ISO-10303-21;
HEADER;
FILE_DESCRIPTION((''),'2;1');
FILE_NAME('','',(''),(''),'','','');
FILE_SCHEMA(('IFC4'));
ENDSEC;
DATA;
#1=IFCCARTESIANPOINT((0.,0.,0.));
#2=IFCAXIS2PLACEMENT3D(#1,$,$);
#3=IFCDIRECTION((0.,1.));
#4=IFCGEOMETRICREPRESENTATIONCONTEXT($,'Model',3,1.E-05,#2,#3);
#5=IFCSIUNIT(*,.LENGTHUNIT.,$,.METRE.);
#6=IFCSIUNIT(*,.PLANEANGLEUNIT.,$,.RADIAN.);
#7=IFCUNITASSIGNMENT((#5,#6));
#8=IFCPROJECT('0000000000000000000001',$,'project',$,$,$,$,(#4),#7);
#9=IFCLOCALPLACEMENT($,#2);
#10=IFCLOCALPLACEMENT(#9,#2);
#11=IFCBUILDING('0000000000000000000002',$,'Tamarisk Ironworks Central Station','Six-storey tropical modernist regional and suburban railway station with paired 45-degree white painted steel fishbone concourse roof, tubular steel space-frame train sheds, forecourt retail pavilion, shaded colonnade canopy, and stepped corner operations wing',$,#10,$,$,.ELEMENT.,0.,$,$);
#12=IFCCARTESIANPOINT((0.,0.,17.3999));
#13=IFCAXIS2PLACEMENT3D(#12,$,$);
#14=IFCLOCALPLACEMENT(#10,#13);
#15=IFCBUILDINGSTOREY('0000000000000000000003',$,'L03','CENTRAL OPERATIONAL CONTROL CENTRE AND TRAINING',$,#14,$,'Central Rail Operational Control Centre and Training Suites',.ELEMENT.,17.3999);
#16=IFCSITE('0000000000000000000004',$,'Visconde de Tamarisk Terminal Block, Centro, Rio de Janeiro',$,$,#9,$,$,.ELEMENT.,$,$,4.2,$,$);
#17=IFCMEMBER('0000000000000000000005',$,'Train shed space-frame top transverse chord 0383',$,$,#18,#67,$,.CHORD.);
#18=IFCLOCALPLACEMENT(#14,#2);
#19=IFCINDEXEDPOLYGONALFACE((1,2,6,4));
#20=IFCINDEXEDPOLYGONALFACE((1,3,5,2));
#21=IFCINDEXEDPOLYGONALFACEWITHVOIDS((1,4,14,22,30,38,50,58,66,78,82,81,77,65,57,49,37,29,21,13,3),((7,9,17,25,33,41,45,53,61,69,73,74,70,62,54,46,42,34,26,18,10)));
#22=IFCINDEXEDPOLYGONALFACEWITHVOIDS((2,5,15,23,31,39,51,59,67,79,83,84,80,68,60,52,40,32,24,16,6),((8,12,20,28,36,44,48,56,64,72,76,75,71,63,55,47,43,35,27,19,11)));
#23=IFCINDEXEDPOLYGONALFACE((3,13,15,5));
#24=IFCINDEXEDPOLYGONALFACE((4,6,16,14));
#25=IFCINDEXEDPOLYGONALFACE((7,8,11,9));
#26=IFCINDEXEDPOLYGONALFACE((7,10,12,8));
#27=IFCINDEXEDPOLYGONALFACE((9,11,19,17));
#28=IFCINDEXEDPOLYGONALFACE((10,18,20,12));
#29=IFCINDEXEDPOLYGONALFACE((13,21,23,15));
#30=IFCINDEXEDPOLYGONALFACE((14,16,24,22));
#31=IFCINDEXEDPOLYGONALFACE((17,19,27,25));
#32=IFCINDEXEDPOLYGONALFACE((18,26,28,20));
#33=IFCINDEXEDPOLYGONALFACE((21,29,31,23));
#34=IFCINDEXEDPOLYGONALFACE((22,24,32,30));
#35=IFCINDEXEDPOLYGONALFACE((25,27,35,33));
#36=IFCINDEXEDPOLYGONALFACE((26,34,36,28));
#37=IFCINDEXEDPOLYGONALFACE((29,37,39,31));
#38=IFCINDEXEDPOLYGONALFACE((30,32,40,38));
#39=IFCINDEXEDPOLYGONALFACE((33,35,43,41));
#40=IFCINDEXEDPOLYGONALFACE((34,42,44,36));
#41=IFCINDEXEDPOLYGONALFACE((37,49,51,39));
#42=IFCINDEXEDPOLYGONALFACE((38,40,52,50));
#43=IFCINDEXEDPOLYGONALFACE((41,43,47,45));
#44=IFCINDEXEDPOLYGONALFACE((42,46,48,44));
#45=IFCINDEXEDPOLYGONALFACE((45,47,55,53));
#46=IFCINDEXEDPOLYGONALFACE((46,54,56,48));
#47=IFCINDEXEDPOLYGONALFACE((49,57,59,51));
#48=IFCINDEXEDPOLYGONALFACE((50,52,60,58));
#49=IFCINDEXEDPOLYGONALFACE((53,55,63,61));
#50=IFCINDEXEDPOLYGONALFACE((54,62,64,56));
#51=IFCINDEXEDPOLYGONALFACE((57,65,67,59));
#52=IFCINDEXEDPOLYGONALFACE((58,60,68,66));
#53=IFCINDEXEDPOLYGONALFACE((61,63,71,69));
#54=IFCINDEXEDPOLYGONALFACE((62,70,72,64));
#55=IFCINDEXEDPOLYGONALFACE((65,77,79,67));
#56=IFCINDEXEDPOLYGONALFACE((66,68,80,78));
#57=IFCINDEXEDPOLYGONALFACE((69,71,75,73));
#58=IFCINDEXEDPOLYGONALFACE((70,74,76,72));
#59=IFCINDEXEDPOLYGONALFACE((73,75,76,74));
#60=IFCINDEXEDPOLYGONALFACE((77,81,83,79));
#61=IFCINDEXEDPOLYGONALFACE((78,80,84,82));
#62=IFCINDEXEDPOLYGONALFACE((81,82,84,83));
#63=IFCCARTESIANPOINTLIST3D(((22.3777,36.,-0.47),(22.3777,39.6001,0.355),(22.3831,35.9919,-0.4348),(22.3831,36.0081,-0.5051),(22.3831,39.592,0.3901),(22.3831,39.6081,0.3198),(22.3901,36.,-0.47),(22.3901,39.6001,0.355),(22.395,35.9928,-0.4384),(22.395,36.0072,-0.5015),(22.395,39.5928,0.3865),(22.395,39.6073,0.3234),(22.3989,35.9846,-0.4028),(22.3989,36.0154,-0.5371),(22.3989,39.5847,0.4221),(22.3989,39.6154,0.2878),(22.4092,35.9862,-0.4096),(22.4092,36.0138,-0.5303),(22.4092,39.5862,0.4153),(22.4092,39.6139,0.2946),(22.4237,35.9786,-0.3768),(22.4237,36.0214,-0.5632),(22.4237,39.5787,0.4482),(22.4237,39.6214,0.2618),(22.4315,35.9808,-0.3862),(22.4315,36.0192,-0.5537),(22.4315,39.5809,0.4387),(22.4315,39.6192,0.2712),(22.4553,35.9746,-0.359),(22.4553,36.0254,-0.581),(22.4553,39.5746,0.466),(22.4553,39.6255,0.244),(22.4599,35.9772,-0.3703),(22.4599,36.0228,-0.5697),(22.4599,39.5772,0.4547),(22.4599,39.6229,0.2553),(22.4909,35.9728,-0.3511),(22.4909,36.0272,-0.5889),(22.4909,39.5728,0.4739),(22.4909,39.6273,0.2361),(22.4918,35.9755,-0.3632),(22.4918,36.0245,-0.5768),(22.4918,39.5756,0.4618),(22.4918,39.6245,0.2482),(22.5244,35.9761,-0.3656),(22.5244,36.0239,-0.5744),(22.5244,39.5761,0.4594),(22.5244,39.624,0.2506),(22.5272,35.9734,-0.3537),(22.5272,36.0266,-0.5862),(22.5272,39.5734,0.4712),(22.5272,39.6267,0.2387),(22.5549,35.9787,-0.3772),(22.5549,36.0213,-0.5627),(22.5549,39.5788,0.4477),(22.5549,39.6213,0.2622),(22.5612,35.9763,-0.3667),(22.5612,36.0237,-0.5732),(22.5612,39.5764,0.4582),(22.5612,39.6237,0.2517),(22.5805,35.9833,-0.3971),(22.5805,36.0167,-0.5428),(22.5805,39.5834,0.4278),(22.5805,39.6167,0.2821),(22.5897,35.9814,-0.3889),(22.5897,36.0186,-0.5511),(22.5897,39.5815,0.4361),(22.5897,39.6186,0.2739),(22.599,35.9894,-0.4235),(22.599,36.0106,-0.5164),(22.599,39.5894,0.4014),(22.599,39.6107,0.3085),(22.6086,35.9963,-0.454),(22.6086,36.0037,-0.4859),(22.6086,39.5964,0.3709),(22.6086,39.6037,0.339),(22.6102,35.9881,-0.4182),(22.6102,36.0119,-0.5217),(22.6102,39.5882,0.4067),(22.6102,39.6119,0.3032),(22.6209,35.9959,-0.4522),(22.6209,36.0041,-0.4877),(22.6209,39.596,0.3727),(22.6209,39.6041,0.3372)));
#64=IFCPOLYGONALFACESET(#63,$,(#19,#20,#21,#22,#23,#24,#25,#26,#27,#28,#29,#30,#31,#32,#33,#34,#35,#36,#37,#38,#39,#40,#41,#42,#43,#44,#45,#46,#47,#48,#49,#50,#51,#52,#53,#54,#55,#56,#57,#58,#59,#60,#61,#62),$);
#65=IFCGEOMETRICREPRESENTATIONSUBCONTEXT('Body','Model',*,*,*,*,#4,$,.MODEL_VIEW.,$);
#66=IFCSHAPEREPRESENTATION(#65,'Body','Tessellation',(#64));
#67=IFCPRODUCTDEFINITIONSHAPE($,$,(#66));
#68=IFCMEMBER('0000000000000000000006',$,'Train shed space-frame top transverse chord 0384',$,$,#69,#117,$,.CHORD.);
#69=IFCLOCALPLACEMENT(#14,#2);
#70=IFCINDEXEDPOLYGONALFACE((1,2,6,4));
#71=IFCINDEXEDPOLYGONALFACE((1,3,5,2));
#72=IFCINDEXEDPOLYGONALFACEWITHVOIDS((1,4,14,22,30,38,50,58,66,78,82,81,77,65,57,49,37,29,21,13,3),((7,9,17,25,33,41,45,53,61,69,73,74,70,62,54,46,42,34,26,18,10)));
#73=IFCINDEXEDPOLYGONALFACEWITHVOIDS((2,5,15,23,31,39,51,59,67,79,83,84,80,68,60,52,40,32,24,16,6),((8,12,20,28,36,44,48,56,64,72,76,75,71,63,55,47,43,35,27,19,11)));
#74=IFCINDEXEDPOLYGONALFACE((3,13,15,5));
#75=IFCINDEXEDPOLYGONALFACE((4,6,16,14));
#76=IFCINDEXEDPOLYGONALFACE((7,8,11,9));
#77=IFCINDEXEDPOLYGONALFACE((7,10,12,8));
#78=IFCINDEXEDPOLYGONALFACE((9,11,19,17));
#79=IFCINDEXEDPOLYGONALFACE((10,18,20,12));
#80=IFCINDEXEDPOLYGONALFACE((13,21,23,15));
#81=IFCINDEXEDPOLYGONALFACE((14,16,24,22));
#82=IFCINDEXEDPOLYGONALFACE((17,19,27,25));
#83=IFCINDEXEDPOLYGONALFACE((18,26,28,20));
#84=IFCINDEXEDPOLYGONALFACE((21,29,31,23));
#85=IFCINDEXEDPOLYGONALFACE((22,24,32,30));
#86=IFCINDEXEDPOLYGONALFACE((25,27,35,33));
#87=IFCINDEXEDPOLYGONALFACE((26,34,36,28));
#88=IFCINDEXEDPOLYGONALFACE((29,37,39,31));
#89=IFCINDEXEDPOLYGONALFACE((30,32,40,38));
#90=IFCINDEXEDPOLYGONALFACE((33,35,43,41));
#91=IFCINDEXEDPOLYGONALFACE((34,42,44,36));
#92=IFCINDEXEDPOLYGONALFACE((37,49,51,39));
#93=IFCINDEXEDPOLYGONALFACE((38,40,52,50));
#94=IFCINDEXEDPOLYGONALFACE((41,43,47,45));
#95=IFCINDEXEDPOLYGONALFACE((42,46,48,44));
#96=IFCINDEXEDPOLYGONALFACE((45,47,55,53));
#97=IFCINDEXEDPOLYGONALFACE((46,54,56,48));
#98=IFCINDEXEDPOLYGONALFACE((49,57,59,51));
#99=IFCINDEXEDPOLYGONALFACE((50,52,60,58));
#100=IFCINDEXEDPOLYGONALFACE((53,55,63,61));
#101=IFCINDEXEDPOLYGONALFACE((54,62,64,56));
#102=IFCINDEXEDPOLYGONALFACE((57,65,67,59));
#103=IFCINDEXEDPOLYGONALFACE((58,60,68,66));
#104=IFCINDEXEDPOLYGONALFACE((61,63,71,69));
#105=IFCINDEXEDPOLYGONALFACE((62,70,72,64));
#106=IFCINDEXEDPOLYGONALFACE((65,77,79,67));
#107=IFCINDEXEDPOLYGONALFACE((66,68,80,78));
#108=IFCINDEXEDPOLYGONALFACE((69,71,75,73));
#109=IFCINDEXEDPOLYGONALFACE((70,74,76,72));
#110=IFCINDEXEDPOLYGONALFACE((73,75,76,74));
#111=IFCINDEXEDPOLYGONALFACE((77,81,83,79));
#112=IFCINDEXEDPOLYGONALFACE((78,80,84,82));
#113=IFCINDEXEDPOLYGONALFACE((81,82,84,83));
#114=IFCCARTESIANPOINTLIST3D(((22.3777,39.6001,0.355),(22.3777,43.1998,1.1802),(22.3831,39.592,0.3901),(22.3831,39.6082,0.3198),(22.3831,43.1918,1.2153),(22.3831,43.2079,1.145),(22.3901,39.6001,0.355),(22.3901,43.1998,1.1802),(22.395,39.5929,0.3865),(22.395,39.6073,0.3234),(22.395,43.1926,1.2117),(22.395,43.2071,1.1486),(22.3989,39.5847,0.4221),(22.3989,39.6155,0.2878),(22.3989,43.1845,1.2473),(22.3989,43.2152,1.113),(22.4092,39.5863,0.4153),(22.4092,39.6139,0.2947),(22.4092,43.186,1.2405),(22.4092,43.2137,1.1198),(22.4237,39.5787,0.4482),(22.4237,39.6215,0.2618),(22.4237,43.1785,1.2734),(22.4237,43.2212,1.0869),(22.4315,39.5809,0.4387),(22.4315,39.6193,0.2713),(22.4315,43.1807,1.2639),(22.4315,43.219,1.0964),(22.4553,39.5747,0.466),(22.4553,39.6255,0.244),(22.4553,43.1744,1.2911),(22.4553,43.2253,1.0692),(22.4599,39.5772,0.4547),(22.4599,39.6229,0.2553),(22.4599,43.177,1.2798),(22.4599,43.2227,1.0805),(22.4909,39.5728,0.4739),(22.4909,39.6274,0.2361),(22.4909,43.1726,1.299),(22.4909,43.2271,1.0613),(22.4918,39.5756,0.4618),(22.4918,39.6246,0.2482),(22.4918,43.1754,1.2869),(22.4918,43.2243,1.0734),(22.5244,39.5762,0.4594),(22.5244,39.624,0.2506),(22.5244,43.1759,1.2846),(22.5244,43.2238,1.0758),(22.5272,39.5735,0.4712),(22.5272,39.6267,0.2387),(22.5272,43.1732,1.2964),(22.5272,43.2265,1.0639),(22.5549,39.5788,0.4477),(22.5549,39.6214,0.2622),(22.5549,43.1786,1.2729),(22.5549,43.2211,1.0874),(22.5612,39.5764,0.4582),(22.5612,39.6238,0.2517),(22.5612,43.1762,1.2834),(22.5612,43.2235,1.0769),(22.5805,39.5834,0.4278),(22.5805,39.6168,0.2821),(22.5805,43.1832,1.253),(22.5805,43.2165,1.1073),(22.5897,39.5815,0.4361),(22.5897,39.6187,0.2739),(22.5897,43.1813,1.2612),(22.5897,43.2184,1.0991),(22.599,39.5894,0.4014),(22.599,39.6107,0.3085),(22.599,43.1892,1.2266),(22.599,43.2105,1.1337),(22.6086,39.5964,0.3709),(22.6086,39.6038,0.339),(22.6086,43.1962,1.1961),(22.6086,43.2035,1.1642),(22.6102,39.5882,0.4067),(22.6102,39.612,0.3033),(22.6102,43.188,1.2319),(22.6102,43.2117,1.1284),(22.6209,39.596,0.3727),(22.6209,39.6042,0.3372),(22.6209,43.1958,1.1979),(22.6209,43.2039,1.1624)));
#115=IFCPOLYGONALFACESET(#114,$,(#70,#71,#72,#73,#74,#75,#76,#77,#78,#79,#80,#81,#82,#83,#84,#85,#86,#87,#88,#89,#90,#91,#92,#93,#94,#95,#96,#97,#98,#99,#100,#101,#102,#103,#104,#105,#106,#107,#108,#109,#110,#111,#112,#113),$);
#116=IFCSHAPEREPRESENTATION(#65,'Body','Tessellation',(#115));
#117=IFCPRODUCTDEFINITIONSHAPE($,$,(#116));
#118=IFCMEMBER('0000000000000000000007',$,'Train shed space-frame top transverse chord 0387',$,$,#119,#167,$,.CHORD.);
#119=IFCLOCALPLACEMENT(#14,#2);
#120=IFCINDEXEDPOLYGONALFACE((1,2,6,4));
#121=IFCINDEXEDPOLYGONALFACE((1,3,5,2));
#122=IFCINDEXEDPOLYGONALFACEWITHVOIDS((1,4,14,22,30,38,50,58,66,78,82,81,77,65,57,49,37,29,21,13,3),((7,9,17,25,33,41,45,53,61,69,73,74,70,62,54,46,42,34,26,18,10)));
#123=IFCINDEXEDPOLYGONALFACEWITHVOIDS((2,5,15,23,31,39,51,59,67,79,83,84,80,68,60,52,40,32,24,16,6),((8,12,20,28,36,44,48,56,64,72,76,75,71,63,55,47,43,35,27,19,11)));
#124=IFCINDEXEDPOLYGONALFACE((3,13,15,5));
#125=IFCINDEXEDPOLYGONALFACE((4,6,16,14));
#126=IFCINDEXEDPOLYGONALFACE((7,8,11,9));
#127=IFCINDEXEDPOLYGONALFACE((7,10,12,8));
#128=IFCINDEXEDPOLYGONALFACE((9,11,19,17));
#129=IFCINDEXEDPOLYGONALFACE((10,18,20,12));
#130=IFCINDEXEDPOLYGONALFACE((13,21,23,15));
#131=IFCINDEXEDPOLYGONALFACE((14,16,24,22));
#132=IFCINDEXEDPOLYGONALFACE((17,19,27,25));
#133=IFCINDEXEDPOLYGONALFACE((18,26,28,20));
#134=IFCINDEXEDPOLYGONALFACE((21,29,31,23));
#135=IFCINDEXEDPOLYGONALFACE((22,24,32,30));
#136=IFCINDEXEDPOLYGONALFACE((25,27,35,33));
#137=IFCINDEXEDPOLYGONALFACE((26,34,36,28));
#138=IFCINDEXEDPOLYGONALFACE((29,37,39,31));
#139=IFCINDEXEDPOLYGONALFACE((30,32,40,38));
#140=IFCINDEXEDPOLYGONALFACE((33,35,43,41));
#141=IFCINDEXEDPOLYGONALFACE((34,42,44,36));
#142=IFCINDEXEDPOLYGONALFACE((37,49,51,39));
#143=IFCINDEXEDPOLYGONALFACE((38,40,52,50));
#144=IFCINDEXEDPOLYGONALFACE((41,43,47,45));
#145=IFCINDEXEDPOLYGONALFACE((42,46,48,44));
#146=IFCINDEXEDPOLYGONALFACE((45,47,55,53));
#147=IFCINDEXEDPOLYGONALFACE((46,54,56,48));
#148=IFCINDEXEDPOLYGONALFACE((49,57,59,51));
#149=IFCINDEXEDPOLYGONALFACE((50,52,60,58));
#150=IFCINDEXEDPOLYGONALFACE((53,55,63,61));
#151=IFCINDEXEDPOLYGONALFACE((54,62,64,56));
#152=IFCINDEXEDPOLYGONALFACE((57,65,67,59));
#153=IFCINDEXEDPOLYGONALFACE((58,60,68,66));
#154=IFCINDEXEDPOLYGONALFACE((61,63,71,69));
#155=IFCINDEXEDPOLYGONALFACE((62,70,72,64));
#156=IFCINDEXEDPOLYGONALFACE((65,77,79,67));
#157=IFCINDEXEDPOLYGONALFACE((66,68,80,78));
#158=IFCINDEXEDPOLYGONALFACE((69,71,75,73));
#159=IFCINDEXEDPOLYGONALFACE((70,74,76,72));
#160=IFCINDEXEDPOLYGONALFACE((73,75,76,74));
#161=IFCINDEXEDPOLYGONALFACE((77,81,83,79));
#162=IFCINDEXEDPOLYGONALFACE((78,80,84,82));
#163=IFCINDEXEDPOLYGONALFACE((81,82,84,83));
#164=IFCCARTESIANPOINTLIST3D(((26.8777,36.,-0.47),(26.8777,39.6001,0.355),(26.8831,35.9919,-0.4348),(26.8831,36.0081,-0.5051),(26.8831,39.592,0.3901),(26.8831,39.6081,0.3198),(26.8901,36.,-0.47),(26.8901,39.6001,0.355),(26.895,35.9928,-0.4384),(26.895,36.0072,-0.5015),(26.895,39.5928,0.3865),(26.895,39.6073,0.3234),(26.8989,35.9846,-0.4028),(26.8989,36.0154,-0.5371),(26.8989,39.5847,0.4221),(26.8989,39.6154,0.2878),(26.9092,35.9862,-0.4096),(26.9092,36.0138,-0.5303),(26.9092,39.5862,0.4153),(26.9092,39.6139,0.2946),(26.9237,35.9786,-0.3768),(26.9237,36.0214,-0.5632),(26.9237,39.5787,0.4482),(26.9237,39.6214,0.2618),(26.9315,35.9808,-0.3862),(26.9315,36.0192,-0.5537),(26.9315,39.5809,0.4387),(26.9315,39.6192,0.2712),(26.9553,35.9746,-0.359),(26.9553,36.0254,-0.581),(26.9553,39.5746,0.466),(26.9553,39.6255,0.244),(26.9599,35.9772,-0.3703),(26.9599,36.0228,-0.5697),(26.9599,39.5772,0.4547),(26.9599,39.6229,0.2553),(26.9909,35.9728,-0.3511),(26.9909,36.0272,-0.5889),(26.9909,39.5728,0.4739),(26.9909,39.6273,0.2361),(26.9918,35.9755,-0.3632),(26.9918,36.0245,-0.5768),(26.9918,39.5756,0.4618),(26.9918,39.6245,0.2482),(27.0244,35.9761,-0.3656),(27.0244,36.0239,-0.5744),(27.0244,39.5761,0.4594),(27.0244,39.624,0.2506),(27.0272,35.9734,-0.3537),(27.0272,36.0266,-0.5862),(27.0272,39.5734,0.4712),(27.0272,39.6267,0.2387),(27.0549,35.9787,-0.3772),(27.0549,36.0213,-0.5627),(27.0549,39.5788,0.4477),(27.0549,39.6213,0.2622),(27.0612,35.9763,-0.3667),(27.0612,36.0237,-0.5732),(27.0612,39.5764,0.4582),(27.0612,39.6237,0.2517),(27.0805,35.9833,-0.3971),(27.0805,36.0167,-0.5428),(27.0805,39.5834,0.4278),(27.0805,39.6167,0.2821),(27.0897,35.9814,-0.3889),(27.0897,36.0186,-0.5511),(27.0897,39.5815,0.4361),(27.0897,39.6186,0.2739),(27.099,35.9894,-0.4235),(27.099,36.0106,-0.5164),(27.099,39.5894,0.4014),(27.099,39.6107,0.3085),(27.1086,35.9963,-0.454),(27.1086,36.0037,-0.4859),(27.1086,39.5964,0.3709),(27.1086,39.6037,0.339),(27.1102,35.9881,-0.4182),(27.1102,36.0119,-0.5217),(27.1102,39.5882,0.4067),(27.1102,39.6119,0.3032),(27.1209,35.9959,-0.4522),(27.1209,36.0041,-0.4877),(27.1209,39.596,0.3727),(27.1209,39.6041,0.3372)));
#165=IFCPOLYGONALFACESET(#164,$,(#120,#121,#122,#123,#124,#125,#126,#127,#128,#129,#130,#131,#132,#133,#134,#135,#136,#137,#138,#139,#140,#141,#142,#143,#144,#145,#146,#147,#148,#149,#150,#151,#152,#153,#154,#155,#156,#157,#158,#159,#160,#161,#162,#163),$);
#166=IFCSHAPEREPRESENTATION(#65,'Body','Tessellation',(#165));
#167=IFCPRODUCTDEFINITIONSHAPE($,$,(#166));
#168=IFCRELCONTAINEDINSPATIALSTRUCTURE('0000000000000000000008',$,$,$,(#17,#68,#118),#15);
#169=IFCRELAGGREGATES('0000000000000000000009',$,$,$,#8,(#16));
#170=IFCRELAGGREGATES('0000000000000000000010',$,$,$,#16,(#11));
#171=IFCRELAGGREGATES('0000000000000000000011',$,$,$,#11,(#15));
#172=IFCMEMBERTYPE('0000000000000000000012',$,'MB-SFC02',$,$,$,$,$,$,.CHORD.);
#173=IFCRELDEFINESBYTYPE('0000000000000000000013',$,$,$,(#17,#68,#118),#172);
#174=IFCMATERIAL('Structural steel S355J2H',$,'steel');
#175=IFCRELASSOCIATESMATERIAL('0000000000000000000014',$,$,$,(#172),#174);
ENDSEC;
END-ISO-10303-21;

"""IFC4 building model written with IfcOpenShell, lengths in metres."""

from ifc_helpers import new_model, si_unit, direction, frame, origin, origin_2d, place, context, subcontext, project, spatial, hollow_circle, extrude, material, material_profile, profile_set, type_object, element, save


model = new_model("IFC4")

# Units and contexts
model_context = context("Model", 3, precision=1e-05, world=origin(), true_north=direction((0.0, 1.0)))
body_context = subcontext(model_context, "Body", "Model", "MODEL_VIEW")
ifc_project = project(units=[si_unit("LENGTHUNIT", "METRE"), si_unit("PLANEANGLEUNIT", "RADIAN")], contexts=[model_context])

# Site, building, storey
site_placement = place(None, origin())
site = spatial("IfcSite", under=ifc_project, at=site_placement, Name="Visconde de Tamarisk Terminal Block, Centro, Rio de Janeiro", CompositionType="ELEMENT", RefElevation=4.2)
building_placement = place(site_placement, origin())
building = spatial("IfcBuilding", under=site, at=building_placement, Name="Tamarisk Ironworks Central Station", Description="Six-storey tropical modernist regional and suburban railway station with paired 45-degree white painted steel fishbone concourse roof, tubular steel space-frame train sheds, forecourt retail pavilion, shaded colonnade canopy, and stepped corner operations wing", CompositionType="ELEMENT", ElevationOfRefHeight=0.0)
storey_placement = place(building_placement, frame((0.0, 0.0, 17.3999)))
storey = spatial("IfcBuildingStorey", under=building, at=storey_placement, Name="L03", Description="CENTRAL OPERATIONAL CONTROL CENTRE AND TRAINING", LongName="Central Rail Operational Control Centre and Training Suites", CompositionType="ELEMENT", Elevation=17.3999)

# Members
ifc_material_1 = material(Name="Structural steel S355J2H", Category="steel")
ifc_material_profile_1 = material_profile(ifc_material_1, hollow_circle(Radius=0.1223, WallThickness=0.0125, at=origin_2d()), Name="CHS 244.5x12.5")
ifc_profile_set_1 = profile_set([ifc_material_profile_1], Name="Structural steel S355J2H")
member_type_1 = type_object("IfcMemberType", Name="MB-SFC02", PredefinedType="CHORD", material=ifc_profile_set_1)
member_1_placement = place(storey_placement, frame((22.5, 36.0, -0.47), z_axis=(0.0, 0.974737, 0.223358), x_axis=(-1.0, 0.0, 0.0)))
element("IfcMember", 1, at=member_1_placement, inside=storey, type_object=member_type_1, Name="Train shed space-frame top transverse chord 0383", PredefinedType="CHORD", context=body_context, shape_type="SweptSolid", body=[
    extrude(hollow_circle(Radius=0.1223, WallThickness=0.0125, at=origin_2d()), origin(), (0.0, 0.0, 1.0), 3.6934),
])
member_2_placement = place(storey_placement, frame((22.5, 39.6001, 0.355), z_axis=(0.0, 0.974719, 0.223435), x_axis=(-1.0, 0.0, 0.0)))
element("IfcMember", 2, at=member_2_placement, inside=storey, type_object=member_type_1, Name="Train shed space-frame top transverse chord 0384", PredefinedType="CHORD", context=body_context, shape_type="SweptSolid", body=[
    extrude(hollow_circle(Radius=0.1223, WallThickness=0.0125, at=origin_2d()), origin(), (0.0, 0.0, 1.0), 3.6931),
])
member_3_placement = place(storey_placement, frame((27.0, 36.0, -0.47), z_axis=(0.0, 0.974737, 0.223358), x_axis=(-1.0, 0.0, 0.0)))
element("IfcMember", 3, at=member_3_placement, inside=storey, type_object=member_type_1, Name="Train shed space-frame top transverse chord 0387", PredefinedType="CHORD", context=body_context, shape_type="SweptSolid", body=[
    extrude(hollow_circle(Radius=0.1223, WallThickness=0.0125, at=origin_2d()), origin(), (0.0, 0.0, 1.0), 3.6934),
])

save(model, "model.ifc")
